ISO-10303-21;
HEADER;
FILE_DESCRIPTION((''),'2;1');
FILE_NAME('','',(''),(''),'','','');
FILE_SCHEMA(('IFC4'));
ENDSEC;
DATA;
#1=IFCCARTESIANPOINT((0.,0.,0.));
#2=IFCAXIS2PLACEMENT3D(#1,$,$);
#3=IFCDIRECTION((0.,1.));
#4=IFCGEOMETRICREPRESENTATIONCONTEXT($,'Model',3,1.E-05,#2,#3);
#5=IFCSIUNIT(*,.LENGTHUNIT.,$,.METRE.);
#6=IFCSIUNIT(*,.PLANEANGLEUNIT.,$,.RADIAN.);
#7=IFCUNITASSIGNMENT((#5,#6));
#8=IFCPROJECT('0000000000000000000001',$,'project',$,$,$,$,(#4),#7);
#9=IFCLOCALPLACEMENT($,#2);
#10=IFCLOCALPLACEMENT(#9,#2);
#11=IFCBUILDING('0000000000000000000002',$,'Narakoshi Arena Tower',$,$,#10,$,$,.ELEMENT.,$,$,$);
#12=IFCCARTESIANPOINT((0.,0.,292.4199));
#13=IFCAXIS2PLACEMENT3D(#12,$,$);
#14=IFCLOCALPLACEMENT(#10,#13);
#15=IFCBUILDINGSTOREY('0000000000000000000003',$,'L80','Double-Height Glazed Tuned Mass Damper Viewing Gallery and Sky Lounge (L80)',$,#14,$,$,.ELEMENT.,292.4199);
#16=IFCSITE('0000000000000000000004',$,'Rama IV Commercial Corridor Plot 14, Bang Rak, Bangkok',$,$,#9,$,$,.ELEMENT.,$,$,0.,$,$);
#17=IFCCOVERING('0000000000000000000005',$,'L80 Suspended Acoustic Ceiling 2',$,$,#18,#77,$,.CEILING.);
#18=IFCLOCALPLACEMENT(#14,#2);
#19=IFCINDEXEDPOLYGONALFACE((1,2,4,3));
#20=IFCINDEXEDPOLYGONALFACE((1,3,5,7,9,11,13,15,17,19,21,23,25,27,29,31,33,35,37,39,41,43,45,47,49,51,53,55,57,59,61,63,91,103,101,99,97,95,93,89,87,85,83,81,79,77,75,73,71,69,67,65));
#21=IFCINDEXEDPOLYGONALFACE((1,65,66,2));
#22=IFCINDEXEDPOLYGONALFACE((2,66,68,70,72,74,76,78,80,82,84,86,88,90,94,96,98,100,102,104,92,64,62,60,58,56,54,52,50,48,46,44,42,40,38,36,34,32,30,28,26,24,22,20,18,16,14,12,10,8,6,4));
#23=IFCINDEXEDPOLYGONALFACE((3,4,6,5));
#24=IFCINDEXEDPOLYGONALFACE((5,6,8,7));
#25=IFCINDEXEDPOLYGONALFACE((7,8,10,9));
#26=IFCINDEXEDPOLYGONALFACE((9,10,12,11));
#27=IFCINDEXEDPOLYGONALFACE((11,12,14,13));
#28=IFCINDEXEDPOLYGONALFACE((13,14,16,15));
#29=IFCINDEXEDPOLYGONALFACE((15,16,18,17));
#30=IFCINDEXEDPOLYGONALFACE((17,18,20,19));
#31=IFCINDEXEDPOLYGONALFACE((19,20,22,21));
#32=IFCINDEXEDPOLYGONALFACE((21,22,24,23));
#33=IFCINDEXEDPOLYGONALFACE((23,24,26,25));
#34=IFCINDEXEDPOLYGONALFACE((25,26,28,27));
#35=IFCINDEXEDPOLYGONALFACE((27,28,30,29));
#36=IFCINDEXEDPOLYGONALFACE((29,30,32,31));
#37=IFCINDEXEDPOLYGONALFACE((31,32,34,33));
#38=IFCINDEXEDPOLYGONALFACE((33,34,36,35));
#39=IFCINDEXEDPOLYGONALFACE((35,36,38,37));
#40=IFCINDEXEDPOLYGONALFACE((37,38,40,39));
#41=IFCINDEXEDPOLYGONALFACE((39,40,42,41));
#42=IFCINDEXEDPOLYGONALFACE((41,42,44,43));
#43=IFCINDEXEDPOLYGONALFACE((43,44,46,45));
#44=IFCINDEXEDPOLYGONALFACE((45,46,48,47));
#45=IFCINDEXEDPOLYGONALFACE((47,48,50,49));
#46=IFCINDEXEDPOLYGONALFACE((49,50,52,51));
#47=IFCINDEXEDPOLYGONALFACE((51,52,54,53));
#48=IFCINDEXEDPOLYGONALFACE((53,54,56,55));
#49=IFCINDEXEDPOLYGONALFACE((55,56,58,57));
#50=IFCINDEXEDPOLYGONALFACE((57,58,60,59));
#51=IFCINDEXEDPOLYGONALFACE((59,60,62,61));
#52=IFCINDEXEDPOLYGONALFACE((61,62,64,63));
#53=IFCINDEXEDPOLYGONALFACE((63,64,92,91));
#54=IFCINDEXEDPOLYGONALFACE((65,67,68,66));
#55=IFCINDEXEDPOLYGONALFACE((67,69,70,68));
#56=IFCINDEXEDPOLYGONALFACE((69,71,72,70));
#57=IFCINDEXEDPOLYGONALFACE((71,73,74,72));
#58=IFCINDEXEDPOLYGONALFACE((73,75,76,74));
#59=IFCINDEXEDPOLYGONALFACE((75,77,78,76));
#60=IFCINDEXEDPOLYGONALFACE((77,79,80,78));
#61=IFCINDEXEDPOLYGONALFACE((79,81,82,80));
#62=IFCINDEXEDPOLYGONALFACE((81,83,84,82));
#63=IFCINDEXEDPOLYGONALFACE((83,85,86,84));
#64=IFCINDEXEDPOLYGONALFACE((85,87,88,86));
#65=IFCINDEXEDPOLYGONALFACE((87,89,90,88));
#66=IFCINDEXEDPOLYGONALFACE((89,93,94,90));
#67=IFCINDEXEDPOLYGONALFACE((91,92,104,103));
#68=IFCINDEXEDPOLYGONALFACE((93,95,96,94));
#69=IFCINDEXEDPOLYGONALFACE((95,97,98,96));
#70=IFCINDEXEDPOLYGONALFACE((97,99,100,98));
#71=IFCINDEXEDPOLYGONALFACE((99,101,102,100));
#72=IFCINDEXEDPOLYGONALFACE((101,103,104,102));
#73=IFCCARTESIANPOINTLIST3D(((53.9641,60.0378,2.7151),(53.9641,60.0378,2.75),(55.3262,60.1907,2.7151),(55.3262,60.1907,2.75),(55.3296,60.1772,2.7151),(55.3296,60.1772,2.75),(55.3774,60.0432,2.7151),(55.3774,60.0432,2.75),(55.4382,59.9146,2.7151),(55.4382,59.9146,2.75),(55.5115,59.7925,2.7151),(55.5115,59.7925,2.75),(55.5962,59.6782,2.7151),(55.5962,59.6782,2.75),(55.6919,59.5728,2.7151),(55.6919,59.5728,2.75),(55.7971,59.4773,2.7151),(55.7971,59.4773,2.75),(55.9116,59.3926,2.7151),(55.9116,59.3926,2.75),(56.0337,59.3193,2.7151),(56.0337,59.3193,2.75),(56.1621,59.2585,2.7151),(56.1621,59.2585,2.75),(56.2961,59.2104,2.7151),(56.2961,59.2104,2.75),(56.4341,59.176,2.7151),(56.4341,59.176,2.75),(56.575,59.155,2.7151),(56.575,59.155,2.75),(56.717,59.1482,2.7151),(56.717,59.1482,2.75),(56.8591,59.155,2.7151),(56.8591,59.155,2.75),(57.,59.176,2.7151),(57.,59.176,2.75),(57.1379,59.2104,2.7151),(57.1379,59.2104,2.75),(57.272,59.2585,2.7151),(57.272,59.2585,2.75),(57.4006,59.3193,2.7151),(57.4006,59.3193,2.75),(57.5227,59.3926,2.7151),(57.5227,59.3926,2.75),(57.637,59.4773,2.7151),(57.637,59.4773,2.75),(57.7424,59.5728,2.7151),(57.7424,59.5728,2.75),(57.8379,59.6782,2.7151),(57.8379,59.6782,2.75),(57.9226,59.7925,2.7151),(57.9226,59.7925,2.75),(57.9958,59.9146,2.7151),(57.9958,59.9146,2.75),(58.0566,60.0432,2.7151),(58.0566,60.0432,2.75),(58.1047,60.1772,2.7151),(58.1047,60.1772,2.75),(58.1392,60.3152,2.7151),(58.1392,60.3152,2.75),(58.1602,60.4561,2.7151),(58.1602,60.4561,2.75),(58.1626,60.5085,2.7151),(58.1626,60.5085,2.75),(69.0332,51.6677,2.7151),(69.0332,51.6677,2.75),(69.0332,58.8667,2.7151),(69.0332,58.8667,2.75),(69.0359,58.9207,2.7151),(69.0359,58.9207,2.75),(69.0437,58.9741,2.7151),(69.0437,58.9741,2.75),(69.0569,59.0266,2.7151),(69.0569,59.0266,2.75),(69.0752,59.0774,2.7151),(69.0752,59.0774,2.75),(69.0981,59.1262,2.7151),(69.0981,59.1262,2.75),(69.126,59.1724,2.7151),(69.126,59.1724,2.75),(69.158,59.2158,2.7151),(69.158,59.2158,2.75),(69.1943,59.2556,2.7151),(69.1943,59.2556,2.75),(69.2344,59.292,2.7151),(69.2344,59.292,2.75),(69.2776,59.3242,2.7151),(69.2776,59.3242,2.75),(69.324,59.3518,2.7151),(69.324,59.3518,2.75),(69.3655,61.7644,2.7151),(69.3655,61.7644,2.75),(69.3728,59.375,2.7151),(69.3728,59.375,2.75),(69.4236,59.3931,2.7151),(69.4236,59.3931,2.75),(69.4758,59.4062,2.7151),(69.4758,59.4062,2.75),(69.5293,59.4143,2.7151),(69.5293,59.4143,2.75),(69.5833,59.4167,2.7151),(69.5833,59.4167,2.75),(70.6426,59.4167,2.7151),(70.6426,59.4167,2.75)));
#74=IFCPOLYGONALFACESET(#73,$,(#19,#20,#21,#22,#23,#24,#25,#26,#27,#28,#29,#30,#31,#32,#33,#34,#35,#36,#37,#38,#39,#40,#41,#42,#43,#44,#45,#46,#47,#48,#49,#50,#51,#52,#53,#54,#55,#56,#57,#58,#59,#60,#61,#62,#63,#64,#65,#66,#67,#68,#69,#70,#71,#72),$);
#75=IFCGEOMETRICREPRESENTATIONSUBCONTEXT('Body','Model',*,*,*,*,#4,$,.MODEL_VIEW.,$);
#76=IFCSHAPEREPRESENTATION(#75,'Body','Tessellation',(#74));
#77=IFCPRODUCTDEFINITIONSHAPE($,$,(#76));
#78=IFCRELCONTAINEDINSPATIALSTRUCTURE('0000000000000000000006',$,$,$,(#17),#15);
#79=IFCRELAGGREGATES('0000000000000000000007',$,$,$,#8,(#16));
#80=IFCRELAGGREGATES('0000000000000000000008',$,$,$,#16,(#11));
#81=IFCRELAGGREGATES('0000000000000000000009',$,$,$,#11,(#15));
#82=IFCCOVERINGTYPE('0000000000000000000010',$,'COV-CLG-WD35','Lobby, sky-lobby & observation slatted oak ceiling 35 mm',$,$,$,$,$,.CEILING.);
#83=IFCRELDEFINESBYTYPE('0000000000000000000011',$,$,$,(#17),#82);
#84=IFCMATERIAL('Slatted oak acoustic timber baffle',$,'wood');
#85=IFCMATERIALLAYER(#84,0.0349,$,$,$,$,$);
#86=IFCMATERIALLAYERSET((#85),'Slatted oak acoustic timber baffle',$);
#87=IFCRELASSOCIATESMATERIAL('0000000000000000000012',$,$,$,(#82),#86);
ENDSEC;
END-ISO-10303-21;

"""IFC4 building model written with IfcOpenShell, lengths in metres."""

from ifc_helpers import new_model, si_unit, direction, frame, origin, place, context, subcontext, project, spatial, polyline, outline, extrude, material, layer, layer_set, type_object, element, save


model = new_model("IFC4")

# Units and contexts
model_context = context("Model", 3, precision=1e-05, world=origin(), true_north=direction((0.0, 1.0)))
body_context = subcontext(model_context, "Body", "Model", "MODEL_VIEW")
ifc_project = project(units=[si_unit("LENGTHUNIT", "METRE"), si_unit("PLANEANGLEUNIT", "RADIAN")], contexts=[model_context])

# Site, building, storey
site_placement = place(None, origin())
site = spatial("IfcSite", under=ifc_project, at=site_placement, Name="Rama IV Commercial Corridor Plot 14, Bang Rak, Bangkok", CompositionType="ELEMENT", RefElevation=0.0)
building_placement = place(site_placement, origin())
building = spatial("IfcBuilding", under=site, at=building_placement, Name="Narakoshi Arena Tower", CompositionType="ELEMENT")
storey_placement = place(building_placement, frame((0.0, 0.0, 292.4199)))
storey = spatial("IfcBuildingStorey", under=building, at=storey_placement, Name="L80", Description="Double-Height Glazed Tuned Mass Damper Viewing Gallery and Sky Lounge (L80)", CompositionType="ELEMENT", Elevation=292.4199)

# Covering
ifc_material_1 = material(Name="Slatted oak acoustic timber baffle", Category="wood")
ifc_layer_1 = layer(ifc_material_1, 0.0349)
ifc_layer_set_1 = layer_set([ifc_layer_1], Name="Slatted oak acoustic timber baffle")
covering_type_1 = type_object("IfcCoveringType", Name="COV-CLG-WD35", Description="Lobby, sky-lobby & observation slatted oak ceiling 35 mm", PredefinedType="CEILING", material=ifc_layer_set_1)
covering_1_placement = place(storey_placement, frame((0.0, 0.0, 2.7151)))
element("IfcCovering", 1, at=covering_1_placement, inside=storey, type_object=covering_type_1, Name="L80 Suspended Acoustic Ceiling 2", PredefinedType="CEILING", context=body_context, shape_type="SweptSolid", body=[
    extrude(outline(polyline([(70.6426, 59.4167), (69.5833, 59.4167), (69.5293, 59.4143), (69.4758, 59.4062), (69.4236, 59.3931), (69.3728, 59.375), (69.324, 59.3518), (69.2776, 59.3242), (69.2344, 59.292), (69.1943, 59.2556), (69.158, 59.2158), (69.126, 59.1724), (69.0981, 59.1262), (69.0752, 59.0774), (69.0569, 59.0266), (69.0437, 58.9741), (69.0359, 58.9207), (69.0332, 58.8667), (69.0332, 51.6677), (53.9641, 60.0378), (55.3262, 60.1907), (55.3296, 60.1772), (55.3774, 60.0432), (55.4382, 59.9146), (55.5115, 59.7925), (55.5962, 59.6782), (55.6919, 59.5728), (55.7971, 59.4773), (55.9116, 59.3926), (56.0337, 59.3193), (56.1621, 59.2585), (56.2961, 59.2104), (56.4341, 59.176), (56.575, 59.155), (56.717, 59.1482), (56.8591, 59.155), (57.0, 59.176), (57.1379, 59.2104), (57.272, 59.2585), (57.4006, 59.3193), (57.5227, 59.3926), (57.637, 59.4773), (57.7424, 59.5728), (57.8379, 59.6782), (57.9226, 59.7925), (57.9958, 59.9146), (58.0566, 60.0432), (58.1047, 60.1772), (58.1392, 60.3152), (58.1602, 60.4561), (58.1626, 60.5085), (69.3655, 61.7644), (70.6426, 59.4167)])), origin(), (0.0, 0.0, 1.0), 0.0349),
])

save(model, "model.ifc")
